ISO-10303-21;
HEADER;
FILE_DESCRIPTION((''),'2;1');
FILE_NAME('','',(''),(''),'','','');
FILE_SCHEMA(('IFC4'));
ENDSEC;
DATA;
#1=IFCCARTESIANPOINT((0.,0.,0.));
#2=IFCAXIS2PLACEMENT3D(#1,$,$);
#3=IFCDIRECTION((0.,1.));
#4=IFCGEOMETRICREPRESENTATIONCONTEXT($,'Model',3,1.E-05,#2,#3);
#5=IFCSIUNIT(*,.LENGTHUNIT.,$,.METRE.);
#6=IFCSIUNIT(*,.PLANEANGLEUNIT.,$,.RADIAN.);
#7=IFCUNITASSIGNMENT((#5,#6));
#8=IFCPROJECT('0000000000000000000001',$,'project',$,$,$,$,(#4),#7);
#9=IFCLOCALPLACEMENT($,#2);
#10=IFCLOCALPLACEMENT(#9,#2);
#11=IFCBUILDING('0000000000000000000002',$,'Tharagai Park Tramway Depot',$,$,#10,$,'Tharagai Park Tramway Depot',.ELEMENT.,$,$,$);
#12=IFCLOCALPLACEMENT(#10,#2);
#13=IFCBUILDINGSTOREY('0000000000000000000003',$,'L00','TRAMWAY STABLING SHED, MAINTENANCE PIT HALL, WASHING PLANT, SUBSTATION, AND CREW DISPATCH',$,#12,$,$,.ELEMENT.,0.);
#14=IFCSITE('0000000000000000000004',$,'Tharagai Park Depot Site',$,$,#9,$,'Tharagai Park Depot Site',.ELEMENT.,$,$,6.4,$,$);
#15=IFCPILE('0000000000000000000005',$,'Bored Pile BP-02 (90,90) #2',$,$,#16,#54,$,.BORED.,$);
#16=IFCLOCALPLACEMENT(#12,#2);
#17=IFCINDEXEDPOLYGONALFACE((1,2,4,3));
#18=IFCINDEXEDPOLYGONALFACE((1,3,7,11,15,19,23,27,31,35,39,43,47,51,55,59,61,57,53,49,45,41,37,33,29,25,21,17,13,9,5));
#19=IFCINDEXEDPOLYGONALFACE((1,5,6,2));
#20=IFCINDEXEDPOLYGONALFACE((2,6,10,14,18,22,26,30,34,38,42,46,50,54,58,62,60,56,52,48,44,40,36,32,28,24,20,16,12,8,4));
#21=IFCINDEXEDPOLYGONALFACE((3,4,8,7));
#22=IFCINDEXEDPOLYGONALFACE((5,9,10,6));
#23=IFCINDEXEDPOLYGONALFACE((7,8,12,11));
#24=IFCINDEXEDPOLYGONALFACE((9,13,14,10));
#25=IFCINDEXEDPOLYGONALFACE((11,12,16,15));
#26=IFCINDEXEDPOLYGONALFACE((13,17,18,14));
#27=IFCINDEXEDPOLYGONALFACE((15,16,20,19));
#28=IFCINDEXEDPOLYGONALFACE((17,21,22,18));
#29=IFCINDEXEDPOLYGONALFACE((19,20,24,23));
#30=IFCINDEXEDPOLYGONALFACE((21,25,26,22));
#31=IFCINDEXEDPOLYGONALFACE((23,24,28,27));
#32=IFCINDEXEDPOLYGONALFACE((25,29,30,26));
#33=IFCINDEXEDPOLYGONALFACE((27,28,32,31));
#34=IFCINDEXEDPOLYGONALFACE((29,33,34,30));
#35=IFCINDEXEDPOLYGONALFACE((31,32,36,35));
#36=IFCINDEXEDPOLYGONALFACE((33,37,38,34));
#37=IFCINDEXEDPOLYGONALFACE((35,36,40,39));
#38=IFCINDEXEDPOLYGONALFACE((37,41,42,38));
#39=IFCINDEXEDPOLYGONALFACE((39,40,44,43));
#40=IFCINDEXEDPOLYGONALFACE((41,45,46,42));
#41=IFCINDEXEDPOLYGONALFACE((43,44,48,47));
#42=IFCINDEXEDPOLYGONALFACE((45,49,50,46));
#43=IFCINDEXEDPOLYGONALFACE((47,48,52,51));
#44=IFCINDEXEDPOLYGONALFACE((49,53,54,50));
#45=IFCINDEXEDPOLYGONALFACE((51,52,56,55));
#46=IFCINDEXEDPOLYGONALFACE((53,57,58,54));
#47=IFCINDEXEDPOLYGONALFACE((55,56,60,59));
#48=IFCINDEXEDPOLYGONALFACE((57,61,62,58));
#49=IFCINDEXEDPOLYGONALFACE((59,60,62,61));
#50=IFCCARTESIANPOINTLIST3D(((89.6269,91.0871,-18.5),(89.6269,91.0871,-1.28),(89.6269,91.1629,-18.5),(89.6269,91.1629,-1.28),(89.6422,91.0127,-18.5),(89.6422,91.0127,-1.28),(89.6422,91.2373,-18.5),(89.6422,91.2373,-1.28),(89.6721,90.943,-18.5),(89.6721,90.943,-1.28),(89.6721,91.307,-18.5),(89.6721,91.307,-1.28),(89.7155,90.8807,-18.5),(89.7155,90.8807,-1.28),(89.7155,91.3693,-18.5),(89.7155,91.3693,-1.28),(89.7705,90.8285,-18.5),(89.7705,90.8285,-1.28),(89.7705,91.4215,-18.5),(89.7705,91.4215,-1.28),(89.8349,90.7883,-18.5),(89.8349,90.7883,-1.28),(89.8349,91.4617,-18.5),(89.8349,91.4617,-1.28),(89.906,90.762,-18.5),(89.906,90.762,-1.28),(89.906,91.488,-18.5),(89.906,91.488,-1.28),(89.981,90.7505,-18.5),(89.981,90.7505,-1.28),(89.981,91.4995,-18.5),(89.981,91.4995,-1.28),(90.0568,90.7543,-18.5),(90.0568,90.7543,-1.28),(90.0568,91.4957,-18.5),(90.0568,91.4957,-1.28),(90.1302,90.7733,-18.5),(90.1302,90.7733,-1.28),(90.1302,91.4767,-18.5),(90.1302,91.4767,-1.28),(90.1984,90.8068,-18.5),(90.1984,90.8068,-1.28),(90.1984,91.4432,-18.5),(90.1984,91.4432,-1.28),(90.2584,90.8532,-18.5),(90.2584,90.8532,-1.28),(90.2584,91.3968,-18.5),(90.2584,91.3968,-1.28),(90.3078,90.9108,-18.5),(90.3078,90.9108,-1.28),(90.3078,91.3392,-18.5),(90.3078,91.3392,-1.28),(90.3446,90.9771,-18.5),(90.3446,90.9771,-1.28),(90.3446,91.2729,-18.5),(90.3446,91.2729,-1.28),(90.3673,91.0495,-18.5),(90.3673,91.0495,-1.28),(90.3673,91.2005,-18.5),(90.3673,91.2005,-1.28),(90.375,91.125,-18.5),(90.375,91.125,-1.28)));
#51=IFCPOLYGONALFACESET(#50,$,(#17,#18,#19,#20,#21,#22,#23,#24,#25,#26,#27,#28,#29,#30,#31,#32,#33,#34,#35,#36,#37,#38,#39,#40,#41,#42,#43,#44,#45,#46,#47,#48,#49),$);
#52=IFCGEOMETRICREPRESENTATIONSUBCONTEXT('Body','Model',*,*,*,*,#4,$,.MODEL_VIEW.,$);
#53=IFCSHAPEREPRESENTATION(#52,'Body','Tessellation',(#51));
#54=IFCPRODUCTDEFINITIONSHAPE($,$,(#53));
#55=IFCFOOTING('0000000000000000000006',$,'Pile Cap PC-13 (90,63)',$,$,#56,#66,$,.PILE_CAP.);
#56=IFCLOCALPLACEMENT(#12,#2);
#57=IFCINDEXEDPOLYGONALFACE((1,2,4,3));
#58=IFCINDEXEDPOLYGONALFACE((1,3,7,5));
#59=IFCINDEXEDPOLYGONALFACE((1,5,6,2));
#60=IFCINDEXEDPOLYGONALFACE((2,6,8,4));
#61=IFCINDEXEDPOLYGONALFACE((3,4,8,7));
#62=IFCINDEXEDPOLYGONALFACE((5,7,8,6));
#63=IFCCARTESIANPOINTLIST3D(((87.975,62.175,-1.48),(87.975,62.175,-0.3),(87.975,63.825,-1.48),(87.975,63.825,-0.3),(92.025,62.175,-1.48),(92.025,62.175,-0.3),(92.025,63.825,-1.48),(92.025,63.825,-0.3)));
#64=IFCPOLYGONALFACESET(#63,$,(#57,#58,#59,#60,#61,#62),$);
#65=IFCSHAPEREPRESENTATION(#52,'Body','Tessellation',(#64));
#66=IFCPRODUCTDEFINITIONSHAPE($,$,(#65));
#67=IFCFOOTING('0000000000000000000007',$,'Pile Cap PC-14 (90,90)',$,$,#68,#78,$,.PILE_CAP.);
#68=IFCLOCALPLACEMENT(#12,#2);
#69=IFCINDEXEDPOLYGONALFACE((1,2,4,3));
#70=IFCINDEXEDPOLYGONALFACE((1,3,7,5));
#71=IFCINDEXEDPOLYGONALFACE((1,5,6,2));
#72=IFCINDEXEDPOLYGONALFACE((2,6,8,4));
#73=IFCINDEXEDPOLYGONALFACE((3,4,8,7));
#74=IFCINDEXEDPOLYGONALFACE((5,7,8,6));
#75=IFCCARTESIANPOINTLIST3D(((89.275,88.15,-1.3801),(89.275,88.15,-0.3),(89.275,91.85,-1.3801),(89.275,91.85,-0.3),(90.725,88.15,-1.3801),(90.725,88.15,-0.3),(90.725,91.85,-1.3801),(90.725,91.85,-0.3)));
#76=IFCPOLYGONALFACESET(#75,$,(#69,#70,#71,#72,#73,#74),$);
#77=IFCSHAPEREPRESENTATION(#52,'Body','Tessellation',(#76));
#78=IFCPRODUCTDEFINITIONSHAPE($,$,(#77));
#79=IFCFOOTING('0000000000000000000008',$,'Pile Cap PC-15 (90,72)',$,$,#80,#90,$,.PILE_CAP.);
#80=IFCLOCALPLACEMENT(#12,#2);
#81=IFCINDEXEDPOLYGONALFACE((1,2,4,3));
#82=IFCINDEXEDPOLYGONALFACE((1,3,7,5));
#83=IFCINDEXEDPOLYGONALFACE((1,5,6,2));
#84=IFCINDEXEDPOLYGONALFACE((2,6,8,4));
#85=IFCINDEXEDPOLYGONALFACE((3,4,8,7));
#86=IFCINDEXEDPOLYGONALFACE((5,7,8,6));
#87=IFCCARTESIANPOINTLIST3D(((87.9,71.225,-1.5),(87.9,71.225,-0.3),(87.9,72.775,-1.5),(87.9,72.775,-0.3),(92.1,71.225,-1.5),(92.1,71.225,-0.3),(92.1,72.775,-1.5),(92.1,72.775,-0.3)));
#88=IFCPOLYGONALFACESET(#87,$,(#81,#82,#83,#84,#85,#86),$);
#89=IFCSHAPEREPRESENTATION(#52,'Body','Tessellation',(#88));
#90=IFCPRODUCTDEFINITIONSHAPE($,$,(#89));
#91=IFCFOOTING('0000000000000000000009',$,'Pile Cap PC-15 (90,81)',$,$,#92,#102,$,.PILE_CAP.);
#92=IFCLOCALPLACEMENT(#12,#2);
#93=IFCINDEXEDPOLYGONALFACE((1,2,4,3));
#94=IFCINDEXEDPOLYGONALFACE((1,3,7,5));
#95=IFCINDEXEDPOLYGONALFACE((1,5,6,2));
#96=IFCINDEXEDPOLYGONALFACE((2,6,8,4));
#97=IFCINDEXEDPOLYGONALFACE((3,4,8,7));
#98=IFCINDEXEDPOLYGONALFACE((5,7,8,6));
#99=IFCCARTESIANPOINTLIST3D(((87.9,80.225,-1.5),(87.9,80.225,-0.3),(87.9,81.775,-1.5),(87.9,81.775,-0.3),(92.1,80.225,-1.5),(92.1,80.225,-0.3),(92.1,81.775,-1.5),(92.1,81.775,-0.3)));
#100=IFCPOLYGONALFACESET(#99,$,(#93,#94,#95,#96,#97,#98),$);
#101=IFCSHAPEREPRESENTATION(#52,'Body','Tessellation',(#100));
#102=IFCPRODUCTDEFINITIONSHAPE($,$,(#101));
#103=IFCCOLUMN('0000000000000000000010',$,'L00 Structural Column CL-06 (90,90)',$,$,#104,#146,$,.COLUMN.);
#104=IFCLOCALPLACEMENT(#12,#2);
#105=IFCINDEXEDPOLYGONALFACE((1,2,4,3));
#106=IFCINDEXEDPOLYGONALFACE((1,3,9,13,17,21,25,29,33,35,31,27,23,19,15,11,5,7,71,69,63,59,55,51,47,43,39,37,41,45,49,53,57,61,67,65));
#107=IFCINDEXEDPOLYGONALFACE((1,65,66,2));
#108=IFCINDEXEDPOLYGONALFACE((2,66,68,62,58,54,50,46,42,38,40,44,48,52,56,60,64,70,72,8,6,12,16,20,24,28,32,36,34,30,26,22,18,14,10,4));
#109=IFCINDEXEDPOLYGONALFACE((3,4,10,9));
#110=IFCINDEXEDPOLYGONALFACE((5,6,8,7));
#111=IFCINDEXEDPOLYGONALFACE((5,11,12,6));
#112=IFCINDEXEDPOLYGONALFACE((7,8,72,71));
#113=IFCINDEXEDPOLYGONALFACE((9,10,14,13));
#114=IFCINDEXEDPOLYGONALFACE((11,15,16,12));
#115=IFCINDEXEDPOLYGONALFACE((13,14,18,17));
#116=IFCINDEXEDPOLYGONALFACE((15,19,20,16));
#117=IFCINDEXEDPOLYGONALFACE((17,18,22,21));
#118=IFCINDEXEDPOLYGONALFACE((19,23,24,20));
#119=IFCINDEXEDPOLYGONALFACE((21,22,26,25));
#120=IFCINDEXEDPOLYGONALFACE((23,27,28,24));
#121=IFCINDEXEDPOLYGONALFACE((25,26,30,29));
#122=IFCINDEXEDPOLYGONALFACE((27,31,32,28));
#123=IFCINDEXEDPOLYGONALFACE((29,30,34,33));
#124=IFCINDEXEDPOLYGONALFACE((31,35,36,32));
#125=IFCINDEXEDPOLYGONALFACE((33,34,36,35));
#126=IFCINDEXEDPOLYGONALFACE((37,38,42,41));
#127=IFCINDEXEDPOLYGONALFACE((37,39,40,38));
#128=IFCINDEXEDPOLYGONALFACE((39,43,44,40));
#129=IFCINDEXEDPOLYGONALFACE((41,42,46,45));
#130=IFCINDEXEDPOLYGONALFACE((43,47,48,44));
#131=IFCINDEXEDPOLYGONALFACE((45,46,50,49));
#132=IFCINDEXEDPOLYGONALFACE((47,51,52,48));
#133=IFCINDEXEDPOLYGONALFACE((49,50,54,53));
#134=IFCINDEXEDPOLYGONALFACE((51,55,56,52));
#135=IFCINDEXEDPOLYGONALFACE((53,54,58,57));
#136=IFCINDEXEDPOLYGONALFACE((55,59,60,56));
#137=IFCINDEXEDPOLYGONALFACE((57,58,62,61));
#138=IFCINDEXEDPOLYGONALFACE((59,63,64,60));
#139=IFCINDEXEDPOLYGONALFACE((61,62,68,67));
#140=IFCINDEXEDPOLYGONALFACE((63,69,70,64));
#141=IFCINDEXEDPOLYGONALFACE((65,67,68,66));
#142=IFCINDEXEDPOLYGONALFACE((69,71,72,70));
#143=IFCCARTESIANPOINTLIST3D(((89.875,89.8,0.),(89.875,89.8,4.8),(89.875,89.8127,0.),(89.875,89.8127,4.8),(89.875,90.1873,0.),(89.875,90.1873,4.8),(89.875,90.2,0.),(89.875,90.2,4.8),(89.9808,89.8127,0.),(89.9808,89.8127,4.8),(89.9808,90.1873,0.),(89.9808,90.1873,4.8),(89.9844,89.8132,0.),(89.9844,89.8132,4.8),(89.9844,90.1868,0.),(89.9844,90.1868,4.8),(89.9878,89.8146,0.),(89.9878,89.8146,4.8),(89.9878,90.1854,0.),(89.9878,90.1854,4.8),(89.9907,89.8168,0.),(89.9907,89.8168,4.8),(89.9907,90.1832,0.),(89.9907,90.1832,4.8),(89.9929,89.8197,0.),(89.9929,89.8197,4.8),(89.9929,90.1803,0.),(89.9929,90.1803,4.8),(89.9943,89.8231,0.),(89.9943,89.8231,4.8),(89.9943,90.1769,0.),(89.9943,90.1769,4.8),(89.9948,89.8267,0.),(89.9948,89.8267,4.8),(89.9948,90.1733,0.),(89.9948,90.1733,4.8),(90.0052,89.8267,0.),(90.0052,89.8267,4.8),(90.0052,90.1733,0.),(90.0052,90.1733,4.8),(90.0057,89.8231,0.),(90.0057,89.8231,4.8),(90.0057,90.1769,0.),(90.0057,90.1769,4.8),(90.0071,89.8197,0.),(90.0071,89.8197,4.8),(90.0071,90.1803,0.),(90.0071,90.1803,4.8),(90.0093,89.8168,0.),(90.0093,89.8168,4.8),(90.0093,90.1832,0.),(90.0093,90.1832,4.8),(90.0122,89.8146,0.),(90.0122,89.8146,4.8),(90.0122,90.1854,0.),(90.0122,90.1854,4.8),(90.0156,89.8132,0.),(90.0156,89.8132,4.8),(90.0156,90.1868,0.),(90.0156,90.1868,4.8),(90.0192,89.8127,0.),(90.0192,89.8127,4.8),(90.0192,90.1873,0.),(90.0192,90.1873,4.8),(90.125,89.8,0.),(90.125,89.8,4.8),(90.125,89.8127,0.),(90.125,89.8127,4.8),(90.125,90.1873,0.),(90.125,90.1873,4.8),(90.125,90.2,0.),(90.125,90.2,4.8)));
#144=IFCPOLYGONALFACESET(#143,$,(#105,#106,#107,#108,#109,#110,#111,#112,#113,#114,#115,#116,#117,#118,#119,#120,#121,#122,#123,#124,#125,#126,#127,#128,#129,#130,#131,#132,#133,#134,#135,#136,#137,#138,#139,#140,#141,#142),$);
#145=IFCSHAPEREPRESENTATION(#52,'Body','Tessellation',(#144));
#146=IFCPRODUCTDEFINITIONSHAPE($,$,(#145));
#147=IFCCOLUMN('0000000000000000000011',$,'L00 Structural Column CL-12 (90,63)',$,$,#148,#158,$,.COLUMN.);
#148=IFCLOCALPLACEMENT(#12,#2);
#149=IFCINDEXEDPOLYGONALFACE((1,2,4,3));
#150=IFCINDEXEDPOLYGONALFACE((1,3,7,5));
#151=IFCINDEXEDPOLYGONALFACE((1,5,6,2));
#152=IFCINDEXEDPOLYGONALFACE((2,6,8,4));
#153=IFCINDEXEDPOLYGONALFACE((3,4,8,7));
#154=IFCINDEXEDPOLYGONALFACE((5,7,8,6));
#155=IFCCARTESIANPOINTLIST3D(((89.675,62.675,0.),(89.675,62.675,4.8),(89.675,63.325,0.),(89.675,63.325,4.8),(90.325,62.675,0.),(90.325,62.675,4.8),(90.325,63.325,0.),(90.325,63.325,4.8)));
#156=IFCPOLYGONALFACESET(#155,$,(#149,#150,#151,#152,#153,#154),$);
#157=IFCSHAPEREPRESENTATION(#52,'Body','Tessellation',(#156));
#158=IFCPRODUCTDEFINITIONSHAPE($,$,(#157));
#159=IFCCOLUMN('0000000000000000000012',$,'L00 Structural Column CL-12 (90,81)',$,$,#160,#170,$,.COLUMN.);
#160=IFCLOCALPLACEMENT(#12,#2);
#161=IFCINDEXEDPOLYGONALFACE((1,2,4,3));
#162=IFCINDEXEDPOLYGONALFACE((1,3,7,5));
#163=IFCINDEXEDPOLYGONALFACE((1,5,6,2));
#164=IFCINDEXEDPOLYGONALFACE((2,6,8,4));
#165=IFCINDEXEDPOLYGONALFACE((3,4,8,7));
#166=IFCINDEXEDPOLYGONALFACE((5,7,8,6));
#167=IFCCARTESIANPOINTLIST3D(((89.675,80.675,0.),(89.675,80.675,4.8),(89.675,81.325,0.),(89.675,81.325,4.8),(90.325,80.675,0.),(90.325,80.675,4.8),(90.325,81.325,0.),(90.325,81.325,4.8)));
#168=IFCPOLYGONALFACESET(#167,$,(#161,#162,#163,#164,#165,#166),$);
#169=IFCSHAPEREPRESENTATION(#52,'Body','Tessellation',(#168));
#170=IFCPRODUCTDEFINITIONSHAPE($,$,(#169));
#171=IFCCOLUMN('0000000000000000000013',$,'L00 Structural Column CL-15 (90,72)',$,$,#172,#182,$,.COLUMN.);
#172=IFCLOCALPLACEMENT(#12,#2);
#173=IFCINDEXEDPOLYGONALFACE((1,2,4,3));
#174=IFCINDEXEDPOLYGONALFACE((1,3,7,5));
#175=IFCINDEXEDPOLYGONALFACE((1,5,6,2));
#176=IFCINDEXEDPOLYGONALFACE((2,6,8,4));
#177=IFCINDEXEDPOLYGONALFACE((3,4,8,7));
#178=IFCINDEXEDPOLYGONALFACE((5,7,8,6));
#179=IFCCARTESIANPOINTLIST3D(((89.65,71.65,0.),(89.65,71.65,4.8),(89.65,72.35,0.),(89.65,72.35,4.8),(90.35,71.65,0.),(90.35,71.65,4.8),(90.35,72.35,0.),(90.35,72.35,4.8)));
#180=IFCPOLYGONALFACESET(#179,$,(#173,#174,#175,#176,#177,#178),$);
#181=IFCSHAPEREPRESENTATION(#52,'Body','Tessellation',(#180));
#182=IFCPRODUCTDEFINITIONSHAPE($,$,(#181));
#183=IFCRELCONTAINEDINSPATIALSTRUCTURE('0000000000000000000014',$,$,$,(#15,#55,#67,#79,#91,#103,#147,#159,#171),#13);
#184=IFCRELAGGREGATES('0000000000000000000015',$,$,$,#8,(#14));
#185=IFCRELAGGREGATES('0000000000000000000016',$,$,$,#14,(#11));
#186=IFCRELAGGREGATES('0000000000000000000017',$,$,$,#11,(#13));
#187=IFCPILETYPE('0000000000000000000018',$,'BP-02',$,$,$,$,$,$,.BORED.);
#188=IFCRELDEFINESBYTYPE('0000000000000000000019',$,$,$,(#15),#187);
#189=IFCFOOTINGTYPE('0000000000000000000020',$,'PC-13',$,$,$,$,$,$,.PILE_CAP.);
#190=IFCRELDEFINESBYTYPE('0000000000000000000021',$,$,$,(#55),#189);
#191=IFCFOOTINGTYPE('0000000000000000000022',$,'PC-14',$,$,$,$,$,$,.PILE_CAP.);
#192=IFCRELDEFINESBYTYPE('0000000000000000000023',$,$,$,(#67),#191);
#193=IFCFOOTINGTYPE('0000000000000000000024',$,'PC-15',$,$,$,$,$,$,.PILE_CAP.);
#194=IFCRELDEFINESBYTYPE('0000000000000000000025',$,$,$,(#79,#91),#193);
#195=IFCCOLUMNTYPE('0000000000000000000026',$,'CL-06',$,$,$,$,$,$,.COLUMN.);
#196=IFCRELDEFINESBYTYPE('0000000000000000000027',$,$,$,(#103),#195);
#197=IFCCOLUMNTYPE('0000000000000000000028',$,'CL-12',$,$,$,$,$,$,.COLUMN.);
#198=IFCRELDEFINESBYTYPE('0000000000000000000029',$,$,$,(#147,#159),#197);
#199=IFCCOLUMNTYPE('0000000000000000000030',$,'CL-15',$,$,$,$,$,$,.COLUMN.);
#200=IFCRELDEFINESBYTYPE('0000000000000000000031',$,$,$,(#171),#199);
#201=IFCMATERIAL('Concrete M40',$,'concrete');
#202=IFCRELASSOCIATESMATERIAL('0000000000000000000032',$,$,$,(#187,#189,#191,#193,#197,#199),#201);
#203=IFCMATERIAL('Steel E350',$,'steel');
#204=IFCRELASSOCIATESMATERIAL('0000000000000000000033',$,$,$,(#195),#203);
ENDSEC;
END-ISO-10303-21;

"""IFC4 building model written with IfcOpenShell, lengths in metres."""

from ifc_helpers import new_model, si_unit, direction, frame, origin, origin_2d, place, context, subcontext, project, spatial, rectangle, circle, i_section, extrude, material, material_profile, profile_set, type_object, element, save


model = new_model("IFC4")

# Units and contexts
model_context = context("Model", 3, precision=1e-05, world=origin(), true_north=direction((0.0, 1.0)))
body_context = subcontext(model_context, "Body", "Model", "MODEL_VIEW")
ifc_project = project(units=[si_unit("LENGTHUNIT", "METRE"), si_unit("PLANEANGLEUNIT", "RADIAN")], contexts=[model_context])

# Site, building, storey
site_placement = place(None, origin())
site = spatial("IfcSite", under=ifc_project, at=site_placement, Name="Tharagai Park Depot Site", LongName="Tharagai Park Depot Site", CompositionType="ELEMENT", RefElevation=6.4)
building_placement = place(site_placement, origin())
building = spatial("IfcBuilding", under=site, at=building_placement, Name="Tharagai Park Tramway Depot", LongName="Tharagai Park Tramway Depot", CompositionType="ELEMENT")
storey_placement = place(building_placement, origin())
storey = spatial("IfcBuildingStorey", under=building, at=storey_placement, Name="L00", Description="TRAMWAY STABLING SHED, MAINTENANCE PIT HALL, WASHING PLANT, SUBSTATION, AND CREW DISPATCH", CompositionType="ELEMENT", Elevation=0.0)

# Pile
ifc_material_1 = material(Name="Concrete M40", Category="concrete")
ifc_material_profile_1 = material_profile(ifc_material_1, circle(Radius=0.375, at=origin_2d()), Name="PILE D750")
ifc_profile_set_1 = profile_set([ifc_material_profile_1], Name="Concrete M40")
pile_type_1 = type_object("IfcPileType", Name="BP-02", PredefinedType="BORED", material=ifc_profile_set_1)
for number, where, z_axis, x_axis, name in (
    (1, (90.0, 91.125, -1.28), (0.0, 0.0, -1.0), (1.0, 0.0, 0.0), "Bored Pile BP-02 (90,90) #2"),
):
    element("IfcPile", number, at=place(storey_placement, frame(where, z_axis=z_axis, x_axis=x_axis)), inside=storey, type_object=pile_type_1, Name=name, PredefinedType="BORED", context=body_context, shape_type="SweptSolid", body=[
        extrude(circle(Radius=0.375, at=origin_2d()), origin(), (0.0, 0.0, 1.0), 17.22),
    ])

# Footings
footing_type_1 = type_object("IfcFootingType", Name="PC-13", PredefinedType="PILE_CAP", material=ifc_material_1)
footing_1_placement = place(storey_placement, frame((90.0, 63.0, -1.48), z_axis=(0.0, 0.0, 1.0), x_axis=(1.0, 0.0, 0.0)))
element("IfcFooting", 2, at=footing_1_placement, inside=storey, type_object=footing_type_1, Name="Pile Cap PC-13 (90,63)", PredefinedType="PILE_CAP", context=body_context, shape_type="SweptSolid", body=[
    extrude(rectangle(XDim=4.05, YDim=1.6499, at=origin_2d()), origin(), (0.0, 0.0, 1.0), 1.1799),
])
footing_type_2 = type_object("IfcFootingType", Name="PC-14", PredefinedType="PILE_CAP", material=ifc_material_1)
footing_2_placement = place(storey_placement, frame((90.0, 90.0, -1.3801), z_axis=(0.0, 0.0, 1.0), x_axis=(1.0, 0.0, 0.0)))
element("IfcFooting", 3, at=footing_2_placement, inside=storey, type_object=footing_type_2, Name="Pile Cap PC-14 (90,90)", PredefinedType="PILE_CAP", context=body_context, shape_type="SweptSolid", body=[
    extrude(rectangle(XDim=1.45, YDim=3.7, at=origin_2d()), origin(), (0.0, 0.0, 1.0), 1.0801),
])
footing_type_3 = type_object("IfcFootingType", Name="PC-15", PredefinedType="PILE_CAP", material=ifc_material_1)
for number, where, z_axis, x_axis, name in (
    (4, (90.0, 72.0, -1.5), (0.0, 0.0, 1.0), (1.0, 0.0, 0.0), "Pile Cap PC-15 (90,72)"),
    (5, (90.0, 81.0, -1.5), (0.0, 0.0, 1.0), (1.0, 0.0, 0.0), "Pile Cap PC-15 (90,81)"),
):
    element("IfcFooting", number, at=place(storey_placement, frame(where, z_axis=z_axis, x_axis=x_axis)), inside=storey, type_object=footing_type_3, Name=name, PredefinedType="PILE_CAP", context=body_context, shape_type="SweptSolid", body=[
        extrude(rectangle(XDim=4.2, YDim=1.55, at=origin_2d()), origin(), (0.0, 0.0, 1.0), 1.2),
    ])

# Columns
ifc_material_2 = material(Name="Steel E350", Category="steel")
ifc_material_profile_2 = material_profile(ifc_material_2, i_section(OverallWidth=0.25, OverallDepth=0.3999, WebThickness=0.0105, FlangeThickness=0.0127, FilletRadius=0.0139, at=origin_2d()), Name="ISHB 400")
ifc_profile_set_2 = profile_set([ifc_material_profile_2], Name="Steel E350")
column_type_1 = type_object("IfcColumnType", Name="CL-06", PredefinedType="COLUMN", material=ifc_profile_set_2)
column_1_placement = place(storey_placement, frame((90.0, 90.0, 0.0), z_axis=(0.0, 0.0, 1.0), x_axis=(1.0, 0.0, 0.0)))
element("IfcColumn", 6, at=column_1_placement, inside=storey, type_object=column_type_1, Name="L00 Structural Column CL-06 (90,90)", PredefinedType="COLUMN", context=body_context, shape_type="SweptSolid", body=[
    extrude(i_section(OverallWidth=0.25, OverallDepth=0.3999, WebThickness=0.0105, FlangeThickness=0.0127, FilletRadius=0.0139, at=origin_2d()), origin(), (0.0, 0.0, 1.0), 4.8),
])
ifc_material_profile_3 = material_profile(ifc_material_1, rectangle(XDim=0.6499, YDim=0.6499, at=origin_2d()), Name="RC 650x650")
ifc_profile_set_3 = profile_set([ifc_material_profile_3], Name="Concrete M40")
column_type_2 = type_object("IfcColumnType", Name="CL-12", PredefinedType="COLUMN", material=ifc_profile_set_3)
for number, where, z_axis, x_axis, name in (
    (7, (90.0, 63.0, 0.0), (0.0, 0.0, 1.0), (1.0, 0.0, 0.0), "L00 Structural Column CL-12 (90,63)"),
    (8, (90.0, 81.0, 0.0), (0.0, 0.0, 1.0), (1.0, 0.0, 0.0), "L00 Structural Column CL-12 (90,81)"),
):
    element("IfcColumn", number, at=place(storey_placement, frame(where, z_axis=z_axis, x_axis=x_axis)), inside=storey, type_object=column_type_2, Name=name, PredefinedType="COLUMN", context=body_context, shape_type="SweptSolid", body=[
        extrude(rectangle(XDim=0.6499, YDim=0.6499, at=origin_2d()), origin(), (0.0, 0.0, 1.0), 4.8),
    ])
ifc_material_profile_4 = material_profile(ifc_material_1, rectangle(XDim=0.7, YDim=0.7, at=origin_2d()), Name="RC 700x700")
ifc_profile_set_4 = profile_set([ifc_material_profile_4], Name="Concrete M40")
column_type_3 = type_object("IfcColumnType", Name="CL-15", PredefinedType="COLUMN", material=ifc_profile_set_4)
column_2_placement = place(storey_placement, frame((90.0, 72.0, 0.0), z_axis=(0.0, 0.0, 1.0), x_axis=(1.0, 0.0, 0.0)))
element("IfcColumn", 9, at=column_2_placement, inside=storey, type_object=column_type_3, Name="L00 Structural Column CL-15 (90,72)", PredefinedType="COLUMN", context=body_context, shape_type="SweptSolid", body=[
    extrude(rectangle(XDim=0.7, YDim=0.7, at=origin_2d()), origin(), (0.0, 0.0, 1.0), 4.8),
])

save(model, "model.ifc")
